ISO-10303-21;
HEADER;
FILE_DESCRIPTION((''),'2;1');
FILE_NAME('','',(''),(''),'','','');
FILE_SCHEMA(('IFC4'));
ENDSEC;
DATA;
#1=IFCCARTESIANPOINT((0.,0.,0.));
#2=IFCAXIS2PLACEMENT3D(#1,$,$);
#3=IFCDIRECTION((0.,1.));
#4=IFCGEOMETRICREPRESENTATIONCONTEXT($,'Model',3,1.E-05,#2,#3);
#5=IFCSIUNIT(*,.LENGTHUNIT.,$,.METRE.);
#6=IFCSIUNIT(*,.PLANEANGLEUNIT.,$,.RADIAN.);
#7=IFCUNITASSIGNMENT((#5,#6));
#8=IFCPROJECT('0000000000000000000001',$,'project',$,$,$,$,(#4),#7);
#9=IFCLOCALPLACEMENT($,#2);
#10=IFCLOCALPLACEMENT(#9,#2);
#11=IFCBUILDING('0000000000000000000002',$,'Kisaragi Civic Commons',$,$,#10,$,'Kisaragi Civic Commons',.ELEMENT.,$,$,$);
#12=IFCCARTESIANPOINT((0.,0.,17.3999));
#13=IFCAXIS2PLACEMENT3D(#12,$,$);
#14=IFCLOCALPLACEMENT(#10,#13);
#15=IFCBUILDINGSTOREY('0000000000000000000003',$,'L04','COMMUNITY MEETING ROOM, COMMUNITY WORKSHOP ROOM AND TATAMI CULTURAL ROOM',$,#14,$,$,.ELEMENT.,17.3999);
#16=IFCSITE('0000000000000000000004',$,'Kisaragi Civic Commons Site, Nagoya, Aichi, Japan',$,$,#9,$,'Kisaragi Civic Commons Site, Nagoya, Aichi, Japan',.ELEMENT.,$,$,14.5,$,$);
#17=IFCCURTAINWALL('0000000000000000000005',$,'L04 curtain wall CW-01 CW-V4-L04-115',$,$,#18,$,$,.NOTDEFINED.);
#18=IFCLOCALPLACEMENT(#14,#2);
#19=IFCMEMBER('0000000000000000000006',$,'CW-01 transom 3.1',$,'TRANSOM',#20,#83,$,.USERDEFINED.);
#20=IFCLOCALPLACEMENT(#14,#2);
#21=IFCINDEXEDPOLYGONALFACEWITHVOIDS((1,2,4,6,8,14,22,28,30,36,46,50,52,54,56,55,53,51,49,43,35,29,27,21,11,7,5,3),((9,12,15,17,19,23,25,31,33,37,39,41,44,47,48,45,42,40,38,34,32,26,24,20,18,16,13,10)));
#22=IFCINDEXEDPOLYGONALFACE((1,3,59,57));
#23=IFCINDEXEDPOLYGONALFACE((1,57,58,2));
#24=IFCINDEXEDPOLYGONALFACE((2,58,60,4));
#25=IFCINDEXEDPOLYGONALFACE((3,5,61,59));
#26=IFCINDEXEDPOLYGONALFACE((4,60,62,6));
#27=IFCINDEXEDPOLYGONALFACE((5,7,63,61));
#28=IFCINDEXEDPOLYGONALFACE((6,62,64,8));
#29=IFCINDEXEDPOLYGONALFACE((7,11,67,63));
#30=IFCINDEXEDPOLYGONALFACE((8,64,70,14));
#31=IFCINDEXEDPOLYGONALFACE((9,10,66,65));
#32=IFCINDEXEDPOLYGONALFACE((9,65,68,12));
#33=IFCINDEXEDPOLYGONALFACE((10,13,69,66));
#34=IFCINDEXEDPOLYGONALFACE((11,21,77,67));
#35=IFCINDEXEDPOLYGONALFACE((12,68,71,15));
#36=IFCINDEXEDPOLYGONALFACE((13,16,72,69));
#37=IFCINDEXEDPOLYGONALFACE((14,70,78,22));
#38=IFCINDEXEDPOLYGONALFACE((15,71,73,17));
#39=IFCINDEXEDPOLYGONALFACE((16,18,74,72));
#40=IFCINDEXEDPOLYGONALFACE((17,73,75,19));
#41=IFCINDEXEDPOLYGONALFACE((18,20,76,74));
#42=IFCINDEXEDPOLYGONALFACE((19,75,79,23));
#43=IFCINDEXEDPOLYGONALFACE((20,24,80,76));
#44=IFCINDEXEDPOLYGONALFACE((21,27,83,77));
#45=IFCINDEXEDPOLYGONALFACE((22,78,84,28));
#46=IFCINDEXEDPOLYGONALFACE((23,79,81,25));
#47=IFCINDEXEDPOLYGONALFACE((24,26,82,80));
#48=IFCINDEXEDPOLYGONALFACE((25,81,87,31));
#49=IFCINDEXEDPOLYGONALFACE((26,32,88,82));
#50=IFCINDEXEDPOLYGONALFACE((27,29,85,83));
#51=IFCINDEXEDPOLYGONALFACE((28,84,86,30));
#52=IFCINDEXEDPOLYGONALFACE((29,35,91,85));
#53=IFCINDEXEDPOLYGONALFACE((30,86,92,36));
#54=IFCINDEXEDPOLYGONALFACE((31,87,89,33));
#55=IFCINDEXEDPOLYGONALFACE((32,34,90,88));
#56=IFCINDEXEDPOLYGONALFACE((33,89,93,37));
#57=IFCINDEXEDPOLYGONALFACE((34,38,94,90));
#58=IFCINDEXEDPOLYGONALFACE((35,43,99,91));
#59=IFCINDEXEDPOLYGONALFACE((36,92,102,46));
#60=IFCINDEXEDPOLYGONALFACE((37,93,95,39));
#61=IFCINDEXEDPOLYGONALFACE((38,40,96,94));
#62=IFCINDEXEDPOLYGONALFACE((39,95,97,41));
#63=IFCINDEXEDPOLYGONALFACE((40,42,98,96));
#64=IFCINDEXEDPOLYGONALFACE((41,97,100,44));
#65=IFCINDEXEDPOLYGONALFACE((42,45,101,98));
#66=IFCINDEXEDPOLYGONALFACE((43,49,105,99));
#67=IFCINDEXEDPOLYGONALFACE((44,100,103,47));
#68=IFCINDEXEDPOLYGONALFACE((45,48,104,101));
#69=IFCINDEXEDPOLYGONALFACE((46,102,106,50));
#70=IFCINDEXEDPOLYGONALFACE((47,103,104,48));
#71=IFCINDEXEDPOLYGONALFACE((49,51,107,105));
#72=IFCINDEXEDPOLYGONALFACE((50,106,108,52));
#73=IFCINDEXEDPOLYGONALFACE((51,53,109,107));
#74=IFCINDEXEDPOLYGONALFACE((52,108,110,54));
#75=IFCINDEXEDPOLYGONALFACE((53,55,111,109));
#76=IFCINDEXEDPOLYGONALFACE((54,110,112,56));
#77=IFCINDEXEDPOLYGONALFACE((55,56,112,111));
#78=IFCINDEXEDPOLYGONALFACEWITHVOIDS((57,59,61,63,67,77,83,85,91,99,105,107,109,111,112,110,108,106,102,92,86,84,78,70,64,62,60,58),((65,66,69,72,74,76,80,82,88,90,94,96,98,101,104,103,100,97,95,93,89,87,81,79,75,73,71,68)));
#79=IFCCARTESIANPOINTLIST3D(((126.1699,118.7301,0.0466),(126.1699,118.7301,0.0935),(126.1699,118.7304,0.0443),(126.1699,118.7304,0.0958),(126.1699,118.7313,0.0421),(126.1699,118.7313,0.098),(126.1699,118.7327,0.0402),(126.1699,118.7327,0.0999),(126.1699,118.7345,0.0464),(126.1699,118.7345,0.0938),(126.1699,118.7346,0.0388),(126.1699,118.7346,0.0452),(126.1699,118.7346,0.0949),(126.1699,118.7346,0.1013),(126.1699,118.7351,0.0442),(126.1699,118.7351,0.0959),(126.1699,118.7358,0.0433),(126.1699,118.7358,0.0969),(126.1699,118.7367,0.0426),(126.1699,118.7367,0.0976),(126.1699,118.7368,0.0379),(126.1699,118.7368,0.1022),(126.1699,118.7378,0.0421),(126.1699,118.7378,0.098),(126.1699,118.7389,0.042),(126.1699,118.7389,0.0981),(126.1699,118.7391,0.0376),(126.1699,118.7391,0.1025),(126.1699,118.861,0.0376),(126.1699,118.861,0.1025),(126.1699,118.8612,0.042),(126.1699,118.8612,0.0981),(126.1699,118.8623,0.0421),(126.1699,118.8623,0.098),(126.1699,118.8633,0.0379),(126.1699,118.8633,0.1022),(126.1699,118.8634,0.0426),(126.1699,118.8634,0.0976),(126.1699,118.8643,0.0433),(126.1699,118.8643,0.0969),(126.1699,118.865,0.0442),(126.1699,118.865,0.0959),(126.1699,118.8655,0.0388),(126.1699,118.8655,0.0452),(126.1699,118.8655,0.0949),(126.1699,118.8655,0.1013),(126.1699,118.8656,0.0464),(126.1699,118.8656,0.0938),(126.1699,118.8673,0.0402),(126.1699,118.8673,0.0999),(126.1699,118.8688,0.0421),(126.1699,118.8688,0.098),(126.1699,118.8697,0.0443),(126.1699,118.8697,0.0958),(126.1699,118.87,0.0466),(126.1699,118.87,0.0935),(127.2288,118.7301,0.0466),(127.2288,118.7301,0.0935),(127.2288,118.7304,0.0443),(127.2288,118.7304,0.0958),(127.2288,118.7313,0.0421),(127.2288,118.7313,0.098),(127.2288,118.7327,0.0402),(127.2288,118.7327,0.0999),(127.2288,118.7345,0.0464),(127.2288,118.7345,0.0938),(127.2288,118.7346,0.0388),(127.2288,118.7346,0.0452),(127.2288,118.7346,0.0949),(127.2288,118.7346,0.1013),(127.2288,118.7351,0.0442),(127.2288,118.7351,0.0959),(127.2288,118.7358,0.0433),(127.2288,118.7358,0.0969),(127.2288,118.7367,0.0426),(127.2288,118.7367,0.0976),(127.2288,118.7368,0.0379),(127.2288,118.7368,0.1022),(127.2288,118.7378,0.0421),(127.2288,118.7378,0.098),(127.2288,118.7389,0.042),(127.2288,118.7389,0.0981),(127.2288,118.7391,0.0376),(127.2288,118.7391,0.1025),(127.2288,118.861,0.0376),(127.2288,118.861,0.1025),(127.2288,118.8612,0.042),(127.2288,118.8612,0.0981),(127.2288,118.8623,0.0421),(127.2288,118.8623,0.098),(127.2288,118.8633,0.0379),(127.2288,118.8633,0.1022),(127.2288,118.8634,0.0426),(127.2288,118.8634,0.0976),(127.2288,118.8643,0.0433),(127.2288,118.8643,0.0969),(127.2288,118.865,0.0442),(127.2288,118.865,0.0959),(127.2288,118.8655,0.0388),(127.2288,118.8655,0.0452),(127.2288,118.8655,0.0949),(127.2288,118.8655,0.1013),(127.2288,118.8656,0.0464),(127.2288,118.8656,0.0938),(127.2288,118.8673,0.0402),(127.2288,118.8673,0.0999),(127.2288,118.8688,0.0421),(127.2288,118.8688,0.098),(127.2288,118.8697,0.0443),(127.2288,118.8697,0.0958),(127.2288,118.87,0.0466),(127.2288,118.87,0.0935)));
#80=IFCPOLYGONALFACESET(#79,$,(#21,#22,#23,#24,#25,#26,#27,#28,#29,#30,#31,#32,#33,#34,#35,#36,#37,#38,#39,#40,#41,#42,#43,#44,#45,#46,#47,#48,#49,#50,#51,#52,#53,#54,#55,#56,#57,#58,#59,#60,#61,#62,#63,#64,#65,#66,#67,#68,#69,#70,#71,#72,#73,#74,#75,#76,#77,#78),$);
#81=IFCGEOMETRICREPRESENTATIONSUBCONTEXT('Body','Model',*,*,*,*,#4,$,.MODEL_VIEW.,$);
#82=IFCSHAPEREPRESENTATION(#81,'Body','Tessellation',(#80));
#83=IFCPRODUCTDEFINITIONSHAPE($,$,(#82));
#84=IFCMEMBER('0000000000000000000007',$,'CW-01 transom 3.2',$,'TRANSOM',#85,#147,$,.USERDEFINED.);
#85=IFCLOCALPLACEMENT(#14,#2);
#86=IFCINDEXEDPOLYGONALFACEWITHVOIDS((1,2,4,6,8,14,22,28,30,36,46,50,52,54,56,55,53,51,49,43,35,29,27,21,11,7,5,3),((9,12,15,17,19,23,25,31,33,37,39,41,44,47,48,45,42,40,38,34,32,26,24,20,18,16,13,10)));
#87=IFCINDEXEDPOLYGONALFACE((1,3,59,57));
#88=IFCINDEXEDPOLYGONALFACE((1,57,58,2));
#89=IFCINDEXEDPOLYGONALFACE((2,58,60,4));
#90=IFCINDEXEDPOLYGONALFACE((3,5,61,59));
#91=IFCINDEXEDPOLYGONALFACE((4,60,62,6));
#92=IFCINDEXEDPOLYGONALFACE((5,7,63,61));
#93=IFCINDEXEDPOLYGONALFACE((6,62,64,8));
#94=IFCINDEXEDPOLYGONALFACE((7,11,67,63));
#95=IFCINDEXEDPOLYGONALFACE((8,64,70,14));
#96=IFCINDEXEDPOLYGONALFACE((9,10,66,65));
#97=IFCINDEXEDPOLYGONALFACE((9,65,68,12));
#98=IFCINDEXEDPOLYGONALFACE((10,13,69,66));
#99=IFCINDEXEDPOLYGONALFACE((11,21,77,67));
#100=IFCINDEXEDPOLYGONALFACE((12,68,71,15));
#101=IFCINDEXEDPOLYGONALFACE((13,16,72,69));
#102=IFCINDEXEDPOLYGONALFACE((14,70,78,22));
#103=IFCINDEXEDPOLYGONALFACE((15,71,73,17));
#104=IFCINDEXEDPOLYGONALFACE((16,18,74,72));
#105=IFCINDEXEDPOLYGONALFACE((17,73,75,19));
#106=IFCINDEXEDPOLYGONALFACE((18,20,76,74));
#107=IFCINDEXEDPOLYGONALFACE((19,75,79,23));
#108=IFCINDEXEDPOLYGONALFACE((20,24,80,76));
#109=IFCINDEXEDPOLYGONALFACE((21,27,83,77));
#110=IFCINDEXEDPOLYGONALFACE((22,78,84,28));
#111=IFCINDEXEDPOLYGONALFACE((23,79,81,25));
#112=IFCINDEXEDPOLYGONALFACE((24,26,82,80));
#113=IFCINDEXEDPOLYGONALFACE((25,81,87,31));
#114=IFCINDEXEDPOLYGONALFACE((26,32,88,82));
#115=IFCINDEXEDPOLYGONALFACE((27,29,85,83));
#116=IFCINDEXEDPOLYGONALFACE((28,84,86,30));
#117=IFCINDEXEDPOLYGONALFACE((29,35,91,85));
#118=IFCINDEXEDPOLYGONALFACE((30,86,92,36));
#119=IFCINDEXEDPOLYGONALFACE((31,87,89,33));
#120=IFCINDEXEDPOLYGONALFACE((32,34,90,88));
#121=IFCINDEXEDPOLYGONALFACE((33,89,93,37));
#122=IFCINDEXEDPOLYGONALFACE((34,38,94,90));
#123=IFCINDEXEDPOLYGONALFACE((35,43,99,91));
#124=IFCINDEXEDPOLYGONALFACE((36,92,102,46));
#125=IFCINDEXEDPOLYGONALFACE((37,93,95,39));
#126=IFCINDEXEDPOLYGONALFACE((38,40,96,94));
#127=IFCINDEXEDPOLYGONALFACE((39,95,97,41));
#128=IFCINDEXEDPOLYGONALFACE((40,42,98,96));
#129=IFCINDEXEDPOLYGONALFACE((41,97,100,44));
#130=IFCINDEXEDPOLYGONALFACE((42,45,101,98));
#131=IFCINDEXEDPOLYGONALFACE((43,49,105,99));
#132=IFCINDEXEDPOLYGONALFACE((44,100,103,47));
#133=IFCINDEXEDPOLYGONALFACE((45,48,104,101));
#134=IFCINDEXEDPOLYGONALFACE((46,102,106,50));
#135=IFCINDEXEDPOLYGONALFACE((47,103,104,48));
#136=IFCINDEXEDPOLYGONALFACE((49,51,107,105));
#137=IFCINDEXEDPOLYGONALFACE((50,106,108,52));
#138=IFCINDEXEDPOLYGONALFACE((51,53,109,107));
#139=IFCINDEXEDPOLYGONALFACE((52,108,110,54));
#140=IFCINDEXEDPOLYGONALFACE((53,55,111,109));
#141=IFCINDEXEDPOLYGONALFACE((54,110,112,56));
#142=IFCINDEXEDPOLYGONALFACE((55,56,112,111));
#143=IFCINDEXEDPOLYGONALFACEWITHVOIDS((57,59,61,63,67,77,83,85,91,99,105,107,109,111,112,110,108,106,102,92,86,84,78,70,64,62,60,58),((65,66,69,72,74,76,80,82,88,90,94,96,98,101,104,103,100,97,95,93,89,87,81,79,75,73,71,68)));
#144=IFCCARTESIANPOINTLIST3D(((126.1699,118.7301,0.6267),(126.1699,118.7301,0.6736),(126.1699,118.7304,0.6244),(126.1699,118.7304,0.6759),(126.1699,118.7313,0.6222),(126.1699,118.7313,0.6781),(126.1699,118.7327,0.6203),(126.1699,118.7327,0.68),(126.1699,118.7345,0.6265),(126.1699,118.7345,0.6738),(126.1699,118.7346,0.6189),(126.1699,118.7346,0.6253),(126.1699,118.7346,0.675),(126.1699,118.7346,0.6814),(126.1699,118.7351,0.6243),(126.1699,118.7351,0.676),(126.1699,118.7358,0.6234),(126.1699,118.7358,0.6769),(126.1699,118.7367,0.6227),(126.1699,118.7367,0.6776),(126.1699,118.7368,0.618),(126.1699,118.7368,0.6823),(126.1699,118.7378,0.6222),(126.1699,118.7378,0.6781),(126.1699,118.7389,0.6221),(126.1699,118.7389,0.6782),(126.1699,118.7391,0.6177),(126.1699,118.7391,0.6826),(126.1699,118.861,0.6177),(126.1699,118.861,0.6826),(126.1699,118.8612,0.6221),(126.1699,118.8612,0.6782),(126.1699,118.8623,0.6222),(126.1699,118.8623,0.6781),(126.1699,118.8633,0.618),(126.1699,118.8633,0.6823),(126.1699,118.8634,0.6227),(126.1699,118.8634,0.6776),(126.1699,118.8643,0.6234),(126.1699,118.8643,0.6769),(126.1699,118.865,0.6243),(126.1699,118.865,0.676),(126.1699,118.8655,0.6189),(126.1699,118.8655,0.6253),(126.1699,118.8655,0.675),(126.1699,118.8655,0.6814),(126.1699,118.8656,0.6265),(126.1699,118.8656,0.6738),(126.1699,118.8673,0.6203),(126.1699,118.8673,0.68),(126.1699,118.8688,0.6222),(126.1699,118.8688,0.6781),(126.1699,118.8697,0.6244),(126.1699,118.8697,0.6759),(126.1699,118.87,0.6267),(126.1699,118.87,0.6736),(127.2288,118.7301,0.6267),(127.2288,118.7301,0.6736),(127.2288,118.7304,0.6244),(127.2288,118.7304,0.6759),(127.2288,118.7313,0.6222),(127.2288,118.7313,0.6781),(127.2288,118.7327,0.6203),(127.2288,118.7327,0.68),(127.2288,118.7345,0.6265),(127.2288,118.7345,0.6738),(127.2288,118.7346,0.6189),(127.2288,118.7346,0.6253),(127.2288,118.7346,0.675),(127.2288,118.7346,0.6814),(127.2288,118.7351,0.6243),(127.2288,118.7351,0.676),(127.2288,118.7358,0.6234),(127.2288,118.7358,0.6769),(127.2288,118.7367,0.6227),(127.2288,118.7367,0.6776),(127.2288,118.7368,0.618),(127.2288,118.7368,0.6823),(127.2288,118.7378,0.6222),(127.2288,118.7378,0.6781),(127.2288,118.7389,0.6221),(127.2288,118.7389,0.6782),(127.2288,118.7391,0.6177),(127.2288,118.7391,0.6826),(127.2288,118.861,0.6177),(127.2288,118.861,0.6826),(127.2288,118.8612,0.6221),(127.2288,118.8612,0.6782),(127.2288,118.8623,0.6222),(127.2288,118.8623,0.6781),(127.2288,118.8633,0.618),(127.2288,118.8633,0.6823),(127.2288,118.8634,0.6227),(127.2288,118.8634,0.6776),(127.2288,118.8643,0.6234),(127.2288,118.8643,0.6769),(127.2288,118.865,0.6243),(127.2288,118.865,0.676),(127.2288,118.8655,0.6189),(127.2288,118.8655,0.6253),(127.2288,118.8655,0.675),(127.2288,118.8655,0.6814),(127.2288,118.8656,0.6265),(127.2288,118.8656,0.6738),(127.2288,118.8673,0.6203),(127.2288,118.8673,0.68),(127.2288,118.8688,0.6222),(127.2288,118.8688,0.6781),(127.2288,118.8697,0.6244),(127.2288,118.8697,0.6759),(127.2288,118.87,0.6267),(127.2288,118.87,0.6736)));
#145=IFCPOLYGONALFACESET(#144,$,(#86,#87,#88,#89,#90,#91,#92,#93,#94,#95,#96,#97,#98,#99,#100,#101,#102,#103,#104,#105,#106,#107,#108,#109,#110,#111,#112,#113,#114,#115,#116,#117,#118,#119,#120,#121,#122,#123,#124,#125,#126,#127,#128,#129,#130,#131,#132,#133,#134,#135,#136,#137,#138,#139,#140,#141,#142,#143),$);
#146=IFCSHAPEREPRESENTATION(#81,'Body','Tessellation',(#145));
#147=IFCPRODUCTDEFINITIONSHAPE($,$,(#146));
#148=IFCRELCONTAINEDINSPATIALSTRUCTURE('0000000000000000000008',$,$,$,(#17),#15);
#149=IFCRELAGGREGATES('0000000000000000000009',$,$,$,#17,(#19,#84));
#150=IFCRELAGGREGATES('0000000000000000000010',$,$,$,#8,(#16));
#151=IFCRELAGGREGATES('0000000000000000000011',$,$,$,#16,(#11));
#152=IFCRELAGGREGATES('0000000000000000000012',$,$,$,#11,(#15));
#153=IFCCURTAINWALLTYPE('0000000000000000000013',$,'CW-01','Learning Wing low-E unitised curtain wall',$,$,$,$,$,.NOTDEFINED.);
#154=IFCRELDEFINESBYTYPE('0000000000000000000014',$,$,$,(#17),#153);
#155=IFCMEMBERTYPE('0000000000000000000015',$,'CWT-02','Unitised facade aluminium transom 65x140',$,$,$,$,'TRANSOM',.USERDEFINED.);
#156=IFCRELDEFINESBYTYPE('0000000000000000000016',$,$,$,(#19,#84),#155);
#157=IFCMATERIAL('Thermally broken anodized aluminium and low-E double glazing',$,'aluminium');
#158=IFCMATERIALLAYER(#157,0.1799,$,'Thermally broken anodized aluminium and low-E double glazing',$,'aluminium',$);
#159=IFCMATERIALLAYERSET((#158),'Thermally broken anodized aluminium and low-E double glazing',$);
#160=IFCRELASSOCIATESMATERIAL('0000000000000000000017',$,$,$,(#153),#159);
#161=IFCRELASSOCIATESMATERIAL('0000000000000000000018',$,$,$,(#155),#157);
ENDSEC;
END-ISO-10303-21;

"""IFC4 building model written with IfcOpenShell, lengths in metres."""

from ifc_helpers import new_model, si_unit, direction, frame, origin, origin_2d, place, context, subcontext, project, spatial, hollow_rectangle, extrude, material, layer, layer_set, material_profile, profile_set, type_object, element, aggregate, save


model = new_model("IFC4")

# Units and contexts
model_context = context("Model", 3, precision=1e-05, world=origin(), true_north=direction((0.0, 1.0)))
body_context = subcontext(model_context, "Body", "Model", "MODEL_VIEW")
ifc_project = project(units=[si_unit("LENGTHUNIT", "METRE"), si_unit("PLANEANGLEUNIT", "RADIAN")], contexts=[model_context])

# Site, building, storey
site_placement = place(None, origin())
site = spatial("IfcSite", under=ifc_project, at=site_placement, Name="Kisaragi Civic Commons Site, Nagoya, Aichi, Japan", LongName="Kisaragi Civic Commons Site, Nagoya, Aichi, Japan", CompositionType="ELEMENT", RefElevation=14.5)
building_placement = place(site_placement, origin())
building = spatial("IfcBuilding", under=site, at=building_placement, Name="Kisaragi Civic Commons", LongName="Kisaragi Civic Commons", CompositionType="ELEMENT")
storey_placement = place(building_placement, frame((0.0, 0.0, 17.3999)))
storey = spatial("IfcBuildingStorey", under=building, at=storey_placement, Name="L04", Description="COMMUNITY MEETING ROOM, COMMUNITY WORKSHOP ROOM AND TATAMI CULTURAL ROOM", CompositionType="ELEMENT", Elevation=17.3999)

# Curtain wall, members
ifc_material_1 = material(Name="Thermally broken anodized aluminium and low-E double glazing", Category="aluminium")
ifc_layer_1 = layer(ifc_material_1, 0.1799, Name="Thermally broken anodized aluminium and low-E double glazing", Category="aluminium")
ifc_layer_set_1 = layer_set([ifc_layer_1], Name="Thermally broken anodized aluminium and low-E double glazing")
curtain_wall_type = type_object("IfcCurtainWallType", Name="CW-01", Description="Learning Wing low-E unitised curtain wall", PredefinedType="NOTDEFINED", material=ifc_layer_set_1)
curtain_wall_placement = place(storey_placement, origin())
curtain_wall = element("IfcCurtainWall", 1, at=curtain_wall_placement, inside=storey, type_object=curtain_wall_type, Name="L04 curtain wall CW-01 CW-V4-L04-115", PredefinedType="NOTDEFINED")
ifc_material_profile_1 = material_profile(ifc_material_1, hollow_rectangle(XDim=0.1399, YDim=0.0649, WallThickness=0.0044, InnerFilletRadius=0.0044, OuterFilletRadius=0.009, at=origin_2d()), Name="CWT-65x140x4.5", Category="aluminium")
ifc_profile_set_1 = profile_set([ifc_material_profile_1], Name="Thermally broken anodized aluminium and low-E double glazing")
member_type_1 = type_object("IfcMemberType", Name="CWT-02", Description="Unitised facade aluminium transom 65x140", ElementType="TRANSOM", PredefinedType="USERDEFINED", material=ifc_profile_set_1)
member_1_placement = place(storey_placement, frame((126.1699, 118.8, 0.0701), z_axis=(1.0, 0.0, 0.0), x_axis=(0.0, 1.0, 0.0)))
member_1 = element("IfcMember", 2, at=member_1_placement, type_object=member_type_1, Name="CW-01 transom 3.1", ObjectType="TRANSOM", PredefinedType="USERDEFINED", context=body_context, shape_type="SweptSolid", body=[
    extrude(hollow_rectangle(XDim=0.1399, YDim=0.0649, WallThickness=0.0044, InnerFilletRadius=0.0044, OuterFilletRadius=0.009, at=origin_2d()), origin(), (0.0, 0.0, 1.0), 1.0588),
])
member_2_placement = place(storey_placement, frame((126.1699, 118.8, 0.6501), z_axis=(1.0, 0.0, 0.0), x_axis=(0.0, 1.0, 0.0)))
member_2 = element("IfcMember", 3, at=member_2_placement, type_object=member_type_1, Name="CW-01 transom 3.2", ObjectType="TRANSOM", PredefinedType="USERDEFINED", context=body_context, shape_type="SweptSolid", body=[
    extrude(hollow_rectangle(XDim=0.1399, YDim=0.0649, WallThickness=0.0044, InnerFilletRadius=0.0044, OuterFilletRadius=0.009, at=origin_2d()), origin(), (0.0, 0.0, 1.0), 1.0588),
])
aggregate(curtain_wall, [member_1, member_2])

save(model, "model.ifc")
